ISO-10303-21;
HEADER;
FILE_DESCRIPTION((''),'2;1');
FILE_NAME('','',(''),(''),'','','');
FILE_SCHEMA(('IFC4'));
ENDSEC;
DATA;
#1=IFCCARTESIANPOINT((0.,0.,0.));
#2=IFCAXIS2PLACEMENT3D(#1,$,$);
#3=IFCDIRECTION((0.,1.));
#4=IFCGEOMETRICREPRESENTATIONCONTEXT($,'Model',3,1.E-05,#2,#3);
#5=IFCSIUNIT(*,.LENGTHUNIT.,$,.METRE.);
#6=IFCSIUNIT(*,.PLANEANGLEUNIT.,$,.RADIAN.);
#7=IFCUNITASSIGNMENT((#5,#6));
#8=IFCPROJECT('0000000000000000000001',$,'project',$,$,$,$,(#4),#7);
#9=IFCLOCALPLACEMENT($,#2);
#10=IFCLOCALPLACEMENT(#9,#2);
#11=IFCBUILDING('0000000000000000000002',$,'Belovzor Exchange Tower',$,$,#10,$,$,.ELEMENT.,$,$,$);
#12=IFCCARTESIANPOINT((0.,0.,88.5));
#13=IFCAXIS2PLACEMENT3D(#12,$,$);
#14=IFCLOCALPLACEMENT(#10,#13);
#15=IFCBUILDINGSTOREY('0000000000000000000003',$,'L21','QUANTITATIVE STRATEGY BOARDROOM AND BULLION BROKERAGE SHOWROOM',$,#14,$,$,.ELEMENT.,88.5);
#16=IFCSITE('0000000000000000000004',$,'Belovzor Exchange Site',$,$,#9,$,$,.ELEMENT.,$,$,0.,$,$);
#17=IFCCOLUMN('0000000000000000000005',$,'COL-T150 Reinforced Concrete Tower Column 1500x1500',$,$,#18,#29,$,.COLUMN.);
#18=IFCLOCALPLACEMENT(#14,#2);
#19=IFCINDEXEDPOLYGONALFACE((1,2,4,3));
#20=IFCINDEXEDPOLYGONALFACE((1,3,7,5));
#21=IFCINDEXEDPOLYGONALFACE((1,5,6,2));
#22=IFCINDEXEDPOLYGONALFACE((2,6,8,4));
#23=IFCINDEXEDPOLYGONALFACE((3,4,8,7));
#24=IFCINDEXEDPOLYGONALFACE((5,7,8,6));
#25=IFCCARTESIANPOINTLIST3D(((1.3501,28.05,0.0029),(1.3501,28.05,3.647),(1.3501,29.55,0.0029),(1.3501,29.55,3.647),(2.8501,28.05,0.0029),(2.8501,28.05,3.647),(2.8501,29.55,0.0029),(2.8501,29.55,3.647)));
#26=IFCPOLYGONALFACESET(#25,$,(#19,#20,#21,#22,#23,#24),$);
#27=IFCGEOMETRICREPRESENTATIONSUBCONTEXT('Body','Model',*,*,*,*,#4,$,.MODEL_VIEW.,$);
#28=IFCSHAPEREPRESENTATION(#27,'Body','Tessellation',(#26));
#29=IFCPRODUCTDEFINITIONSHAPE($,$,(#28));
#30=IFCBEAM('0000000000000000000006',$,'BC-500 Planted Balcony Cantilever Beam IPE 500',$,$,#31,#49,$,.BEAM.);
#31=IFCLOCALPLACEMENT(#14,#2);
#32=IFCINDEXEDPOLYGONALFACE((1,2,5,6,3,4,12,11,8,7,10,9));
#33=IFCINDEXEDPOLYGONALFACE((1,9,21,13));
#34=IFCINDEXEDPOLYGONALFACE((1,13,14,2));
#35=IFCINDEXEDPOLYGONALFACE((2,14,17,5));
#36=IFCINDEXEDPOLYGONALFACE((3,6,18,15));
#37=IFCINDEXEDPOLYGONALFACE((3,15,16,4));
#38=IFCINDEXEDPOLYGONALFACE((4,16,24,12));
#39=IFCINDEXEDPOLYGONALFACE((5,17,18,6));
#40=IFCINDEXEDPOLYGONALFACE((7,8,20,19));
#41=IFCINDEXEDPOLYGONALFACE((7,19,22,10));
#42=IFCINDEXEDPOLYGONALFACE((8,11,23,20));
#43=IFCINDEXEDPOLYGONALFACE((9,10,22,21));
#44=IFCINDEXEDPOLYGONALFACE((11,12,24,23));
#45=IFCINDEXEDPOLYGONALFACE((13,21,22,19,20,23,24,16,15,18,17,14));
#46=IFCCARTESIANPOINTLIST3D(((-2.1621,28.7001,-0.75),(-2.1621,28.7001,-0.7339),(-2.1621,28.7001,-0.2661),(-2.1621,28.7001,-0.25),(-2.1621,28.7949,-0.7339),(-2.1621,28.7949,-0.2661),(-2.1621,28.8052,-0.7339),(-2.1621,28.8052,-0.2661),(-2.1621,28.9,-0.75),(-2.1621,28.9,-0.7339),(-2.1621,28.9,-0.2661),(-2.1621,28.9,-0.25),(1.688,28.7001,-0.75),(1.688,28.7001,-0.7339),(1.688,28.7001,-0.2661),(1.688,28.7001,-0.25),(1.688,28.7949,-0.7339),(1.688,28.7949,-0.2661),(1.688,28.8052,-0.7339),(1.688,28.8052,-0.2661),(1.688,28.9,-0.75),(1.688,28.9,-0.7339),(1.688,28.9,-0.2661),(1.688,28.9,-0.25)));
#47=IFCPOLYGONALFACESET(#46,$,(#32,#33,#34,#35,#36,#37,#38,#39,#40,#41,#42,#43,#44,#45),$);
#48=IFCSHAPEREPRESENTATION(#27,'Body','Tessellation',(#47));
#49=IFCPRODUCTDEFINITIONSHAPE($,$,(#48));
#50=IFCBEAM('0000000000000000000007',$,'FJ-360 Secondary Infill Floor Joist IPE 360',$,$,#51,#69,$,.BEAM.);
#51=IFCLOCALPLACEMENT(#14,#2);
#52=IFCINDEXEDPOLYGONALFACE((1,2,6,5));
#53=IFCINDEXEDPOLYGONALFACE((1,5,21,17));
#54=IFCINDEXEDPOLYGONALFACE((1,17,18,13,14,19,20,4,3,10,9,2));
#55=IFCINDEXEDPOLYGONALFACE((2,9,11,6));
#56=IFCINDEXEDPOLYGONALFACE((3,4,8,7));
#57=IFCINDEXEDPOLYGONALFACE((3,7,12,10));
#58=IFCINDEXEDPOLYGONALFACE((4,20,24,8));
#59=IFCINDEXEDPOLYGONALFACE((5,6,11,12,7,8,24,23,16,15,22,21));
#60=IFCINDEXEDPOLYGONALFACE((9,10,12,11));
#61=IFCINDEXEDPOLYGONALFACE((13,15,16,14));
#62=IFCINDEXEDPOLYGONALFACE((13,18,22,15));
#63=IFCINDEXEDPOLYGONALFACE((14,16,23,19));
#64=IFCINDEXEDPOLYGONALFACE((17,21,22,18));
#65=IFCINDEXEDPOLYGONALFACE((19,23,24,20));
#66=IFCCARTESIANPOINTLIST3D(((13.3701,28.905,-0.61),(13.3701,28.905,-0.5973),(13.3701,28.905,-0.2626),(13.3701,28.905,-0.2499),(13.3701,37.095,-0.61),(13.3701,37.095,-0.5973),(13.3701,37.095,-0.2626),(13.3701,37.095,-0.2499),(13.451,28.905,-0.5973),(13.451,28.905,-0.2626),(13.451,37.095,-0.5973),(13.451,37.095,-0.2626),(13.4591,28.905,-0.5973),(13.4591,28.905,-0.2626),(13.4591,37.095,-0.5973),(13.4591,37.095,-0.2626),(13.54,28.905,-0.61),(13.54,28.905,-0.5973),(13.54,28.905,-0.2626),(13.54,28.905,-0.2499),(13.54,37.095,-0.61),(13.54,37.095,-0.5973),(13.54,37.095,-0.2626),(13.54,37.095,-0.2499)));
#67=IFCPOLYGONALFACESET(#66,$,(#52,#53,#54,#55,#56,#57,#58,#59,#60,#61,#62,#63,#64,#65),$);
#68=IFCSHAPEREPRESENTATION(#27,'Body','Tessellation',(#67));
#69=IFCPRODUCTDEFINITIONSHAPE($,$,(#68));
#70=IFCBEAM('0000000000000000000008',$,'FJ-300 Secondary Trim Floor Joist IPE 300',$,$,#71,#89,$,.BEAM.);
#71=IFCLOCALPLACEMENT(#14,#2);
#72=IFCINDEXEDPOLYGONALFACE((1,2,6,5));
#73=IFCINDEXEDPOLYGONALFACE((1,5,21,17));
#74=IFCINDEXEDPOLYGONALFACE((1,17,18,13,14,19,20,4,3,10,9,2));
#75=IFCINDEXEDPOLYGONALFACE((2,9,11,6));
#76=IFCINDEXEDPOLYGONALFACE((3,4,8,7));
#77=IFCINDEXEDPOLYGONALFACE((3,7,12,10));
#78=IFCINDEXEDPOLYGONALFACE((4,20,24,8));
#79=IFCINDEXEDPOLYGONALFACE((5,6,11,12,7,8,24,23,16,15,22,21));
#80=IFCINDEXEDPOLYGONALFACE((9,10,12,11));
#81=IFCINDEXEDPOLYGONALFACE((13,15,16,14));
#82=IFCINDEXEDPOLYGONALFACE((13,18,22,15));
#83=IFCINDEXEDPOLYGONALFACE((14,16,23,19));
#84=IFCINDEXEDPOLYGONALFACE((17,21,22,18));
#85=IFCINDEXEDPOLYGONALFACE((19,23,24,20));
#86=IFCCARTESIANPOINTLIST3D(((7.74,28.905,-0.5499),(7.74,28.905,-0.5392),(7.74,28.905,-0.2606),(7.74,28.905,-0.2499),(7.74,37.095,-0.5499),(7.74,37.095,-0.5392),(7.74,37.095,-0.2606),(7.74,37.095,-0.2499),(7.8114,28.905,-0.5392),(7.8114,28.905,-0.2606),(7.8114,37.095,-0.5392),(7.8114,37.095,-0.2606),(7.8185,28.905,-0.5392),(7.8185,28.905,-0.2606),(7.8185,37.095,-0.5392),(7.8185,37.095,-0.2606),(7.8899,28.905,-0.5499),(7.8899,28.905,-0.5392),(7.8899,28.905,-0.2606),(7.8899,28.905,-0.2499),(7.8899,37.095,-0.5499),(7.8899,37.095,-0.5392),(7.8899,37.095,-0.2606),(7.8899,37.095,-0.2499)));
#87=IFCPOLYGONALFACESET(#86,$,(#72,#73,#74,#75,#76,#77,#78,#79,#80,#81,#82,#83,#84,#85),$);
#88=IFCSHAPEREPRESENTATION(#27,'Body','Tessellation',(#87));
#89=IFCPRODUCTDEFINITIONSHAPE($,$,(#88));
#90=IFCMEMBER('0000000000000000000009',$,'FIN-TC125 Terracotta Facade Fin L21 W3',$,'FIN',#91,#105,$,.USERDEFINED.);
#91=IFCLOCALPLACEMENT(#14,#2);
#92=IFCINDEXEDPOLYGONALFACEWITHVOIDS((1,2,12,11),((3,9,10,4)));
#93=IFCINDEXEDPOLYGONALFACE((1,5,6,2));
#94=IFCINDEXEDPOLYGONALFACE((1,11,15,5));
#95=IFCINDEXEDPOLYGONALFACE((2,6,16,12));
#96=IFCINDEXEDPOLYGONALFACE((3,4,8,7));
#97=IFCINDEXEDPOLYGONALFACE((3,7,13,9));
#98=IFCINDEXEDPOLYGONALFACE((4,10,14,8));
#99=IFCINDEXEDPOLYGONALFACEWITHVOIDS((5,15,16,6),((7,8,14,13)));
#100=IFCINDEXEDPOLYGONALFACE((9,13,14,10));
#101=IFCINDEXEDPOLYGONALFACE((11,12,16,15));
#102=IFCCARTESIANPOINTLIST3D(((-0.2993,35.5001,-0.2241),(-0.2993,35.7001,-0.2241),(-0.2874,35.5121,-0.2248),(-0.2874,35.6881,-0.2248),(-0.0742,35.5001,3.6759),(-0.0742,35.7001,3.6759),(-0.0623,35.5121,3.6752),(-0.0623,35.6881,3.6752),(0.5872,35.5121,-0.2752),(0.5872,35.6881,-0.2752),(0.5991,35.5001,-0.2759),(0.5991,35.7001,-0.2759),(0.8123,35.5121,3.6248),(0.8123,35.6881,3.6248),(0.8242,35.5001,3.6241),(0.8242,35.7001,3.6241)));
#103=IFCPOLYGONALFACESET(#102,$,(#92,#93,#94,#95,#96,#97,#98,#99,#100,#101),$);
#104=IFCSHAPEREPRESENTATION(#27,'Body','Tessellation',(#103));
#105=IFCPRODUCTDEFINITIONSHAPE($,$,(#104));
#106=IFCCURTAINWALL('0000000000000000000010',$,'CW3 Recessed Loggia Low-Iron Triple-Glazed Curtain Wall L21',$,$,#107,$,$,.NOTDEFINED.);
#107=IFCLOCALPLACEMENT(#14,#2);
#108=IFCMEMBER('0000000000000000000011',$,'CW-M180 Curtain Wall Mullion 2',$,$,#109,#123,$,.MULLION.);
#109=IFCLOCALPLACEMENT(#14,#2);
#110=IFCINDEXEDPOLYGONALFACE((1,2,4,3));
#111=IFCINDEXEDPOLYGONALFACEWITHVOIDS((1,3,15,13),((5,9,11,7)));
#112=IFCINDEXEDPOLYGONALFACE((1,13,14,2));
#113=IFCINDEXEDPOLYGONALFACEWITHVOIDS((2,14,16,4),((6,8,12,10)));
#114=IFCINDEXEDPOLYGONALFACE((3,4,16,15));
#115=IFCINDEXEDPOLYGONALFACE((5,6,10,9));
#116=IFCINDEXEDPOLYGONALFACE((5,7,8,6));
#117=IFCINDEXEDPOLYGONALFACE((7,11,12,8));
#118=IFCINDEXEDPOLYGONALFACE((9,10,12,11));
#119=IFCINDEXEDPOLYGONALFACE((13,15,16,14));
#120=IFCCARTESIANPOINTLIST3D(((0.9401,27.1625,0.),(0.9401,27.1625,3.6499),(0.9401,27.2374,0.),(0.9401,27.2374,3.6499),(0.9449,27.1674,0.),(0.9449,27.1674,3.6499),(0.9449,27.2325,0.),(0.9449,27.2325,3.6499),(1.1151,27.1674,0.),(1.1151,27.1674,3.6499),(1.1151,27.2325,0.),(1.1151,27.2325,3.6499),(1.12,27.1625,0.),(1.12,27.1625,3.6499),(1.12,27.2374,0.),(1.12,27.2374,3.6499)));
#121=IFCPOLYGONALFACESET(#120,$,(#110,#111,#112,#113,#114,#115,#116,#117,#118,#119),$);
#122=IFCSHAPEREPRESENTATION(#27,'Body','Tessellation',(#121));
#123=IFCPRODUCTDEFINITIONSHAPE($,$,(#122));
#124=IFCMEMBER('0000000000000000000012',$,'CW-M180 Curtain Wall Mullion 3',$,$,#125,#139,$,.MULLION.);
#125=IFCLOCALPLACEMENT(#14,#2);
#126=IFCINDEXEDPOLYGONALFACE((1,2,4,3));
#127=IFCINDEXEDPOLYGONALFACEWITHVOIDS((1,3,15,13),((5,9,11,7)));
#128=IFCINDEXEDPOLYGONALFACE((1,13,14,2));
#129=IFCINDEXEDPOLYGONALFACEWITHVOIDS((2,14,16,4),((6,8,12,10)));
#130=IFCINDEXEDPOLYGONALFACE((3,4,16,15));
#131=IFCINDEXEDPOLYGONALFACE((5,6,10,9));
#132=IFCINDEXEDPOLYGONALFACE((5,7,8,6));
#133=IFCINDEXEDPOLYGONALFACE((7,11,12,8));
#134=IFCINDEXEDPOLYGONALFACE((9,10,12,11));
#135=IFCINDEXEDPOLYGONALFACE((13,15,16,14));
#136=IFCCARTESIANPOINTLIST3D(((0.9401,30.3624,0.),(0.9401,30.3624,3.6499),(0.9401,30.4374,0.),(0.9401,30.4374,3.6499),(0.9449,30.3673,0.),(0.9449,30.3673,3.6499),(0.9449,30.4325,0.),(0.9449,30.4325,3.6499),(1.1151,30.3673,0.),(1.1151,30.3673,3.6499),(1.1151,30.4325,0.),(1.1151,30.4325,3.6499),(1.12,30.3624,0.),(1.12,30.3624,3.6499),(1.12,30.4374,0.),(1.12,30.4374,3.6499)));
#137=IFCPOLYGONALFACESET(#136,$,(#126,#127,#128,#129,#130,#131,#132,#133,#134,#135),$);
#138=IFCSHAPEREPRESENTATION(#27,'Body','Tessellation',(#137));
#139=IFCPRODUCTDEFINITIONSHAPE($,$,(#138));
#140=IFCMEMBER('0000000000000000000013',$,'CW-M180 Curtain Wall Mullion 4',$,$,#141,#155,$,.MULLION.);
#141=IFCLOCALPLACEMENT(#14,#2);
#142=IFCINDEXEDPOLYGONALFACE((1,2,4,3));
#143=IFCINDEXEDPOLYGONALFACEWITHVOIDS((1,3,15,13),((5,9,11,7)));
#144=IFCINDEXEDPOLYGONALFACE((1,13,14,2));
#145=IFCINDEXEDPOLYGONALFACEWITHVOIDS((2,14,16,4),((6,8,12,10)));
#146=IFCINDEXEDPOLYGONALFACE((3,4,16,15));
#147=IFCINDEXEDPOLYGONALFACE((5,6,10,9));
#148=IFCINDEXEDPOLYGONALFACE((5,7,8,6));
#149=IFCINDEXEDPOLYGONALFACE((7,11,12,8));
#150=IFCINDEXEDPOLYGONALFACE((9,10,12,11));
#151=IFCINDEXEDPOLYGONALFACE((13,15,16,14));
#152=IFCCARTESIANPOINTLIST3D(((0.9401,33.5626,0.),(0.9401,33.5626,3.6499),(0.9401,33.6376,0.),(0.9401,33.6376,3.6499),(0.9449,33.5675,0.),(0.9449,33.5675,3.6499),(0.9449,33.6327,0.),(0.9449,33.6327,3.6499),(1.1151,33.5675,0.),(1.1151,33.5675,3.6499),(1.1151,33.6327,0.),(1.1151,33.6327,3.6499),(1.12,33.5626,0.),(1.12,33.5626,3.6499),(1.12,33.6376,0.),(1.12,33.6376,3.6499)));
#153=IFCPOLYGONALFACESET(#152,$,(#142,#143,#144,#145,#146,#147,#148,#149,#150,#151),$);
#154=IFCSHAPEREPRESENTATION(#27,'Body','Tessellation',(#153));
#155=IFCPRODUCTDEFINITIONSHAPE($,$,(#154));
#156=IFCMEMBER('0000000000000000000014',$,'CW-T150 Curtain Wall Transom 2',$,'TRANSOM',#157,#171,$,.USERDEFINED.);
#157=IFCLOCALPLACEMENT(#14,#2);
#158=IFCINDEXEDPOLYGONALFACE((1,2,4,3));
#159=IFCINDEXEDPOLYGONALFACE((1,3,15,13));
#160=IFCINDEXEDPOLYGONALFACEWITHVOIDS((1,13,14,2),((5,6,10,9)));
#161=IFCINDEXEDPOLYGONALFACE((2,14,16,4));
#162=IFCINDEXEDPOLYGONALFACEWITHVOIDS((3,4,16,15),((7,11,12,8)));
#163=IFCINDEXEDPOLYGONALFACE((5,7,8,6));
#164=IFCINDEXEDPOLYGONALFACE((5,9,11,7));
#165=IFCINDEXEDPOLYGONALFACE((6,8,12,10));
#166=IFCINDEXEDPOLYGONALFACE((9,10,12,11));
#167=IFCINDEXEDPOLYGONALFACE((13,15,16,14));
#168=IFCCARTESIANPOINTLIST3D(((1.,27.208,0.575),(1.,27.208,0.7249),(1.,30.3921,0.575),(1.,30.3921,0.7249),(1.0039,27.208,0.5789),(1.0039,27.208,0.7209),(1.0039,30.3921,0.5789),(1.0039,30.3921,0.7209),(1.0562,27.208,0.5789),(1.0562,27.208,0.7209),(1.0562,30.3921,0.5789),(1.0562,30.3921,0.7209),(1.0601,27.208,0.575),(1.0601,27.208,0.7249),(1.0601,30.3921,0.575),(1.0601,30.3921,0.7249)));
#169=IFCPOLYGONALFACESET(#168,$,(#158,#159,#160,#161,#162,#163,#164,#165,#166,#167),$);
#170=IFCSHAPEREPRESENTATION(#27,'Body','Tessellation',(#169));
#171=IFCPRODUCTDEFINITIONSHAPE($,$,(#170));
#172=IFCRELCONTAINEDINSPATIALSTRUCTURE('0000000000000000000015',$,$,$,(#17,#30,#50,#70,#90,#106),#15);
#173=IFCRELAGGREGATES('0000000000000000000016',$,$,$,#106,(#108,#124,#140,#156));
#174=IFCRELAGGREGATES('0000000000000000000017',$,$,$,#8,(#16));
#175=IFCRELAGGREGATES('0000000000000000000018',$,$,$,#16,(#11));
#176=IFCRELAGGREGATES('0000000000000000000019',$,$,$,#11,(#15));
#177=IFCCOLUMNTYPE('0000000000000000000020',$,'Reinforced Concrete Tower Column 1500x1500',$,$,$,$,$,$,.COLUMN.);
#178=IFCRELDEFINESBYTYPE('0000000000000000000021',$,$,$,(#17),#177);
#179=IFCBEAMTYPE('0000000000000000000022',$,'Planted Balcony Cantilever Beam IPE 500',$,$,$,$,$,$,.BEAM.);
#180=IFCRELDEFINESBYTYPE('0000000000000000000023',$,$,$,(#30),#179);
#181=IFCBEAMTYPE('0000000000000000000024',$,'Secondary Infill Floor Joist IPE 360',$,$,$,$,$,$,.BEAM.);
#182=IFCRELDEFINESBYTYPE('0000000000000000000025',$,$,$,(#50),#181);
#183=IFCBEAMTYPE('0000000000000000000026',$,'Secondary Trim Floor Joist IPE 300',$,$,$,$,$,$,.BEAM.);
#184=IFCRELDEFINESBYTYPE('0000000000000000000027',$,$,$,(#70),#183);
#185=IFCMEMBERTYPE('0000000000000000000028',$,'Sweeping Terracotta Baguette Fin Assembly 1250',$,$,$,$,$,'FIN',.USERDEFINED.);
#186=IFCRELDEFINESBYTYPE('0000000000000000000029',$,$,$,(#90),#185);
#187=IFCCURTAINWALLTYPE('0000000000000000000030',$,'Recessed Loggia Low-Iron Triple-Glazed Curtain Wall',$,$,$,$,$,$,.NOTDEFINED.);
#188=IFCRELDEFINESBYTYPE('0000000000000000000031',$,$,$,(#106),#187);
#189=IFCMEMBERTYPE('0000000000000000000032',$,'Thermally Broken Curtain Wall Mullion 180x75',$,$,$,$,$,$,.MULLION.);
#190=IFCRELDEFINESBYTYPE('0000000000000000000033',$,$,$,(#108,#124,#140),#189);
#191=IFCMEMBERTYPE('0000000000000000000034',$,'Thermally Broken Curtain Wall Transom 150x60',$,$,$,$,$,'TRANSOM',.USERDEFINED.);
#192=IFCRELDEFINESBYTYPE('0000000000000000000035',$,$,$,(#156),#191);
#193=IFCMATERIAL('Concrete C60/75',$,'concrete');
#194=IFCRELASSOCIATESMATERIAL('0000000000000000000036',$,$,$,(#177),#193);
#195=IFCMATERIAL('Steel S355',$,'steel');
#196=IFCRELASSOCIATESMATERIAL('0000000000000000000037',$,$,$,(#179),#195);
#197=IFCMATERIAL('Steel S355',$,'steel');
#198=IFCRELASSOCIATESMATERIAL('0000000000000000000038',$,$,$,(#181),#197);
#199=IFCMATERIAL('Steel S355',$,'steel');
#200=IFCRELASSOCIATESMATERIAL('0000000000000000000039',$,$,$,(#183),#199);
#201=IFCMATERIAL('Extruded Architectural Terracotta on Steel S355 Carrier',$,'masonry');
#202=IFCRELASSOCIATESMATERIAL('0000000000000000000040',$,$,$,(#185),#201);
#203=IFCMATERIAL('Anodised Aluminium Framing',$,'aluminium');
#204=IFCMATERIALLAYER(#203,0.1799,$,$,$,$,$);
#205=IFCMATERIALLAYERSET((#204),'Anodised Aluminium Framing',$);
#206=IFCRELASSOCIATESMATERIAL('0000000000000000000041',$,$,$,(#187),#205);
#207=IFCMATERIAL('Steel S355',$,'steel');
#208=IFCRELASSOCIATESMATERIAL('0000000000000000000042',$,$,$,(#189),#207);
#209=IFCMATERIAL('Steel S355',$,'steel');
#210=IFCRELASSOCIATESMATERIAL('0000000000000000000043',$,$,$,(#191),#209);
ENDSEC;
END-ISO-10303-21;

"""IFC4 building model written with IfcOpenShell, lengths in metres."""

from ifc_helpers import new_model, si_unit, direction, frame, origin, origin_2d, place, context, subcontext, project, spatial, rectangle, hollow_rectangle, i_section, extrude, material, layer, layer_set, material_profile, profile_set, type_object, element, aggregate, save


model = new_model("IFC4")

# Units and contexts
model_context = context("Model", 3, precision=1e-05, world=origin(), true_north=direction((0.0, 1.0)))
body_context = subcontext(model_context, "Body", "Model", "MODEL_VIEW")
ifc_project = project(units=[si_unit("LENGTHUNIT", "METRE"), si_unit("PLANEANGLEUNIT", "RADIAN")], contexts=[model_context])

# Site, building, storey
site_placement = place(None, origin())
site = spatial("IfcSite", under=ifc_project, at=site_placement, Name="Belovzor Exchange Site", CompositionType="ELEMENT", RefElevation=0.0)
building_placement = place(site_placement, origin())
building = spatial("IfcBuilding", under=site, at=building_placement, Name="Belovzor Exchange Tower", CompositionType="ELEMENT")
storey_placement = place(building_placement, frame((0.0, 0.0, 88.5)))
storey = spatial("IfcBuildingStorey", under=building, at=storey_placement, Name="L21", Description="QUANTITATIVE STRATEGY BOARDROOM AND BULLION BROKERAGE SHOWROOM", CompositionType="ELEMENT", Elevation=88.5)

# Column
ifc_material_1 = material(Name="Concrete C60/75", Category="concrete")
ifc_material_profile_1 = material_profile(ifc_material_1, rectangle(XDim=1.5, YDim=1.5, at=origin_2d()))
ifc_profile_set_1 = profile_set([ifc_material_profile_1], Name="Concrete C60/75")
column_type = type_object("IfcColumnType", Name="Reinforced Concrete Tower Column 1500x1500", PredefinedType="COLUMN", material=ifc_profile_set_1)
column_placement = place(storey_placement, frame((2.1001, 28.8, 0.0029), z_axis=(0.0, 0.0, 1.0), x_axis=(1.0, 0.0, 0.0)))
element("IfcColumn", 1, at=column_placement, inside=storey, type_object=column_type, Name="COL-T150 Reinforced Concrete Tower Column 1500x1500", PredefinedType="COLUMN", context=body_context, shape_type="SweptSolid", body=[
    extrude(rectangle(XDim=1.5, YDim=1.5, at=origin_2d()), origin(), (0.0, 0.0, 1.0), 3.644),
])

# Beams
ifc_material_2 = material(Name="Steel S355", Category="steel")
ifc_material_profile_2 = material_profile(ifc_material_2, i_section(OverallWidth=0.2, OverallDepth=0.5, WebThickness=0.0103, FlangeThickness=0.0161, at=origin_2d()))
ifc_profile_set_2 = profile_set([ifc_material_profile_2], Name="Steel S355")
beam_type_1 = type_object("IfcBeamType", Name="Planted Balcony Cantilever Beam IPE 500", PredefinedType="BEAM", material=ifc_profile_set_2)
beam_1_placement = place(storey_placement, frame((1.688, 28.8, -0.5), z_axis=(-1.0, 0.0, 0.0), x_axis=(0.0, -1.0, 0.0)))
element("IfcBeam", 2, at=beam_1_placement, inside=storey, type_object=beam_type_1, Name="BC-500 Planted Balcony Cantilever Beam IPE 500", PredefinedType="BEAM", context=body_context, shape_type="SweptSolid", body=[
    extrude(i_section(OverallWidth=0.2, OverallDepth=0.5, WebThickness=0.0103, FlangeThickness=0.0161, at=origin_2d()), origin(), (0.0, 0.0, 1.0), 3.8501),
])
ifc_material_3 = material(Name="Steel S355", Category="steel")
ifc_material_profile_3 = material_profile(ifc_material_3, i_section(OverallWidth=0.1699, OverallDepth=0.3601, WebThickness=0.0081, FlangeThickness=0.0127, at=origin_2d()))
ifc_profile_set_3 = profile_set([ifc_material_profile_3], Name="Steel S355")
beam_type_2 = type_object("IfcBeamType", Name="Secondary Infill Floor Joist IPE 360", PredefinedType="BEAM", material=ifc_profile_set_3)
beam_2_placement = place(storey_placement, frame((13.4551, 28.905, -0.4299), z_axis=(0.0, 1.0, 0.0), x_axis=(-1.0, 0.0, 0.0)))
element("IfcBeam", 3, at=beam_2_placement, inside=storey, type_object=beam_type_2, Name="FJ-360 Secondary Infill Floor Joist IPE 360", PredefinedType="BEAM", context=body_context, shape_type="SweptSolid", body=[
    extrude(i_section(OverallWidth=0.1699, OverallDepth=0.3601, WebThickness=0.0081, FlangeThickness=0.0127, at=origin_2d()), origin(), (0.0, 0.0, 1.0), 8.1899),
])
ifc_material_4 = material(Name="Steel S355", Category="steel")
ifc_material_profile_4 = material_profile(ifc_material_4, i_section(OverallWidth=0.1499, OverallDepth=0.3, WebThickness=0.0071, FlangeThickness=0.0107, at=origin_2d()))
ifc_profile_set_4 = profile_set([ifc_material_profile_4], Name="Steel S355")
beam_type_3 = type_object("IfcBeamType", Name="Secondary Trim Floor Joist IPE 300", PredefinedType="BEAM", material=ifc_profile_set_4)
beam_3_placement = place(storey_placement, frame((7.8149, 28.905, -0.3999), z_axis=(0.0, 1.0, 0.0), x_axis=(-1.0, 0.0, 0.0)))
element("IfcBeam", 4, at=beam_3_placement, inside=storey, type_object=beam_type_3, Name="FJ-300 Secondary Trim Floor Joist IPE 300", PredefinedType="BEAM", context=body_context, shape_type="SweptSolid", body=[
    extrude(i_section(OverallWidth=0.1499, OverallDepth=0.3, WebThickness=0.0071, FlangeThickness=0.0107, at=origin_2d()), origin(), (0.0, 0.0, 1.0), 8.1899),
])

# Member
ifc_material_5 = material(Name="Extruded Architectural Terracotta on Steel S355 Carrier", Category="masonry")
ifc_material_profile_5 = material_profile(ifc_material_5, hollow_rectangle(XDim=0.2, YDim=0.8999, WallThickness=0.012, at=origin_2d()))
ifc_profile_set_5 = profile_set([ifc_material_profile_5], Name="Extruded Architectural Terracotta on Steel S355 Carrier")
member_type_1 = type_object("IfcMemberType", Name="Sweeping Terracotta Baguette Fin Assembly 1250", ElementType="FIN", PredefinedType="USERDEFINED", material=ifc_profile_set_5)
member_1_placement = place(storey_placement, frame((0.1499, 35.6001, -0.25), z_axis=(0.057623, 0.0, 0.998338), x_axis=(0.0, 1.0, 0.0)))
element("IfcMember", 5, at=member_1_placement, inside=storey, type_object=member_type_1, Name="FIN-TC125 Terracotta Facade Fin L21 W3", ObjectType="FIN", PredefinedType="USERDEFINED", context=body_context, shape_type="SweptSolid", body=[
    extrude(hollow_rectangle(XDim=0.2, YDim=0.8999, WallThickness=0.012, at=origin_2d()), origin(), (0.0, 0.0, 1.0), 3.9065),
])

# Curtain wall, members
ifc_material_6 = material(Name="Anodised Aluminium Framing", Category="aluminium")
ifc_layer_1 = layer(ifc_material_6, 0.1799)
ifc_layer_set_1 = layer_set([ifc_layer_1], Name="Anodised Aluminium Framing")
curtain_wall_type = type_object("IfcCurtainWallType", Name="Recessed Loggia Low-Iron Triple-Glazed Curtain Wall", PredefinedType="NOTDEFINED", material=ifc_layer_set_1)
curtain_wall_placement = place(storey_placement, origin())
curtain_wall = element("IfcCurtainWall", 6, at=curtain_wall_placement, inside=storey, type_object=curtain_wall_type, Name="CW3 Recessed Loggia Low-Iron Triple-Glazed Curtain Wall L21", PredefinedType="NOTDEFINED")
ifc_material_7 = material(Name="Steel S355", Category="steel")
ifc_material_profile_6 = material_profile(ifc_material_7, hollow_rectangle(XDim=0.075, YDim=0.1799, WallThickness=0.0049, at=origin_2d()))
ifc_profile_set_6 = profile_set([ifc_material_profile_6], Name="Steel S355")
member_type_2 = type_object("IfcMemberType", Name="Thermally Broken Curtain Wall Mullion 180x75", PredefinedType="MULLION", material=ifc_profile_set_6)
member_2_placement = place(storey_placement, frame((1.03, 27.2, 0.0), z_axis=(0.0, 0.0, 1.0), x_axis=(0.0, 1.0, 0.0)))
member_2 = element("IfcMember", 7, at=member_2_placement, type_object=member_type_2, Name="CW-M180 Curtain Wall Mullion 2", PredefinedType="MULLION", context=body_context, shape_type="SweptSolid", body=[
    extrude(hollow_rectangle(XDim=0.075, YDim=0.1799, WallThickness=0.0049, at=origin_2d()), origin(), (0.0, 0.0, 1.0), 3.6499),
])
member_3_placement = place(storey_placement, frame((1.03, 30.3999, 0.0), z_axis=(0.0, 0.0, 1.0), x_axis=(0.0, 1.0, 0.0)))
member_3 = element("IfcMember", 8, at=member_3_placement, type_object=member_type_2, Name="CW-M180 Curtain Wall Mullion 3", PredefinedType="MULLION", context=body_context, shape_type="SweptSolid", body=[
    extrude(hollow_rectangle(XDim=0.075, YDim=0.1799, WallThickness=0.0049, at=origin_2d()), origin(), (0.0, 0.0, 1.0), 3.6499),
])
member_4_placement = place(storey_placement, frame((1.03, 33.6001, 0.0), z_axis=(0.0, 0.0, 1.0), x_axis=(0.0, 1.0, 0.0)))
member_4 = element("IfcMember", 9, at=member_4_placement, type_object=member_type_2, Name="CW-M180 Curtain Wall Mullion 4", PredefinedType="MULLION", context=body_context, shape_type="SweptSolid", body=[
    extrude(hollow_rectangle(XDim=0.075, YDim=0.1799, WallThickness=0.0049, at=origin_2d()), origin(), (0.0, 0.0, 1.0), 3.6499),
])
ifc_material_8 = material(Name="Steel S355", Category="steel")
ifc_material_profile_7 = material_profile(ifc_material_8, hollow_rectangle(XDim=0.0601, YDim=0.1499, WallThickness=0.0039, at=origin_2d()))
ifc_profile_set_7 = profile_set([ifc_material_profile_7], Name="Steel S355")
member_type_3 = type_object("IfcMemberType", Name="Thermally Broken Curtain Wall Transom 150x60", ElementType="TRANSOM", PredefinedType="USERDEFINED", material=ifc_profile_set_7)
member_5_placement = place(storey_placement, frame((1.03, 27.208, 0.6499), z_axis=(0.0, 1.0, 0.0), x_axis=(-1.0, 0.0, 0.0)))
member_5 = element("IfcMember", 10, at=member_5_placement, type_object=member_type_3, Name="CW-T150 Curtain Wall Transom 2", ObjectType="TRANSOM", PredefinedType="USERDEFINED", context=body_context, shape_type="SweptSolid", body=[
    extrude(hollow_rectangle(XDim=0.0601, YDim=0.1499, WallThickness=0.0039, at=origin_2d()), origin(), (0.0, 0.0, 1.0), 3.1841),
])

aggregate(curtain_wall, [member_2, member_3, member_4, member_5])

save(model, "model.ifc")
